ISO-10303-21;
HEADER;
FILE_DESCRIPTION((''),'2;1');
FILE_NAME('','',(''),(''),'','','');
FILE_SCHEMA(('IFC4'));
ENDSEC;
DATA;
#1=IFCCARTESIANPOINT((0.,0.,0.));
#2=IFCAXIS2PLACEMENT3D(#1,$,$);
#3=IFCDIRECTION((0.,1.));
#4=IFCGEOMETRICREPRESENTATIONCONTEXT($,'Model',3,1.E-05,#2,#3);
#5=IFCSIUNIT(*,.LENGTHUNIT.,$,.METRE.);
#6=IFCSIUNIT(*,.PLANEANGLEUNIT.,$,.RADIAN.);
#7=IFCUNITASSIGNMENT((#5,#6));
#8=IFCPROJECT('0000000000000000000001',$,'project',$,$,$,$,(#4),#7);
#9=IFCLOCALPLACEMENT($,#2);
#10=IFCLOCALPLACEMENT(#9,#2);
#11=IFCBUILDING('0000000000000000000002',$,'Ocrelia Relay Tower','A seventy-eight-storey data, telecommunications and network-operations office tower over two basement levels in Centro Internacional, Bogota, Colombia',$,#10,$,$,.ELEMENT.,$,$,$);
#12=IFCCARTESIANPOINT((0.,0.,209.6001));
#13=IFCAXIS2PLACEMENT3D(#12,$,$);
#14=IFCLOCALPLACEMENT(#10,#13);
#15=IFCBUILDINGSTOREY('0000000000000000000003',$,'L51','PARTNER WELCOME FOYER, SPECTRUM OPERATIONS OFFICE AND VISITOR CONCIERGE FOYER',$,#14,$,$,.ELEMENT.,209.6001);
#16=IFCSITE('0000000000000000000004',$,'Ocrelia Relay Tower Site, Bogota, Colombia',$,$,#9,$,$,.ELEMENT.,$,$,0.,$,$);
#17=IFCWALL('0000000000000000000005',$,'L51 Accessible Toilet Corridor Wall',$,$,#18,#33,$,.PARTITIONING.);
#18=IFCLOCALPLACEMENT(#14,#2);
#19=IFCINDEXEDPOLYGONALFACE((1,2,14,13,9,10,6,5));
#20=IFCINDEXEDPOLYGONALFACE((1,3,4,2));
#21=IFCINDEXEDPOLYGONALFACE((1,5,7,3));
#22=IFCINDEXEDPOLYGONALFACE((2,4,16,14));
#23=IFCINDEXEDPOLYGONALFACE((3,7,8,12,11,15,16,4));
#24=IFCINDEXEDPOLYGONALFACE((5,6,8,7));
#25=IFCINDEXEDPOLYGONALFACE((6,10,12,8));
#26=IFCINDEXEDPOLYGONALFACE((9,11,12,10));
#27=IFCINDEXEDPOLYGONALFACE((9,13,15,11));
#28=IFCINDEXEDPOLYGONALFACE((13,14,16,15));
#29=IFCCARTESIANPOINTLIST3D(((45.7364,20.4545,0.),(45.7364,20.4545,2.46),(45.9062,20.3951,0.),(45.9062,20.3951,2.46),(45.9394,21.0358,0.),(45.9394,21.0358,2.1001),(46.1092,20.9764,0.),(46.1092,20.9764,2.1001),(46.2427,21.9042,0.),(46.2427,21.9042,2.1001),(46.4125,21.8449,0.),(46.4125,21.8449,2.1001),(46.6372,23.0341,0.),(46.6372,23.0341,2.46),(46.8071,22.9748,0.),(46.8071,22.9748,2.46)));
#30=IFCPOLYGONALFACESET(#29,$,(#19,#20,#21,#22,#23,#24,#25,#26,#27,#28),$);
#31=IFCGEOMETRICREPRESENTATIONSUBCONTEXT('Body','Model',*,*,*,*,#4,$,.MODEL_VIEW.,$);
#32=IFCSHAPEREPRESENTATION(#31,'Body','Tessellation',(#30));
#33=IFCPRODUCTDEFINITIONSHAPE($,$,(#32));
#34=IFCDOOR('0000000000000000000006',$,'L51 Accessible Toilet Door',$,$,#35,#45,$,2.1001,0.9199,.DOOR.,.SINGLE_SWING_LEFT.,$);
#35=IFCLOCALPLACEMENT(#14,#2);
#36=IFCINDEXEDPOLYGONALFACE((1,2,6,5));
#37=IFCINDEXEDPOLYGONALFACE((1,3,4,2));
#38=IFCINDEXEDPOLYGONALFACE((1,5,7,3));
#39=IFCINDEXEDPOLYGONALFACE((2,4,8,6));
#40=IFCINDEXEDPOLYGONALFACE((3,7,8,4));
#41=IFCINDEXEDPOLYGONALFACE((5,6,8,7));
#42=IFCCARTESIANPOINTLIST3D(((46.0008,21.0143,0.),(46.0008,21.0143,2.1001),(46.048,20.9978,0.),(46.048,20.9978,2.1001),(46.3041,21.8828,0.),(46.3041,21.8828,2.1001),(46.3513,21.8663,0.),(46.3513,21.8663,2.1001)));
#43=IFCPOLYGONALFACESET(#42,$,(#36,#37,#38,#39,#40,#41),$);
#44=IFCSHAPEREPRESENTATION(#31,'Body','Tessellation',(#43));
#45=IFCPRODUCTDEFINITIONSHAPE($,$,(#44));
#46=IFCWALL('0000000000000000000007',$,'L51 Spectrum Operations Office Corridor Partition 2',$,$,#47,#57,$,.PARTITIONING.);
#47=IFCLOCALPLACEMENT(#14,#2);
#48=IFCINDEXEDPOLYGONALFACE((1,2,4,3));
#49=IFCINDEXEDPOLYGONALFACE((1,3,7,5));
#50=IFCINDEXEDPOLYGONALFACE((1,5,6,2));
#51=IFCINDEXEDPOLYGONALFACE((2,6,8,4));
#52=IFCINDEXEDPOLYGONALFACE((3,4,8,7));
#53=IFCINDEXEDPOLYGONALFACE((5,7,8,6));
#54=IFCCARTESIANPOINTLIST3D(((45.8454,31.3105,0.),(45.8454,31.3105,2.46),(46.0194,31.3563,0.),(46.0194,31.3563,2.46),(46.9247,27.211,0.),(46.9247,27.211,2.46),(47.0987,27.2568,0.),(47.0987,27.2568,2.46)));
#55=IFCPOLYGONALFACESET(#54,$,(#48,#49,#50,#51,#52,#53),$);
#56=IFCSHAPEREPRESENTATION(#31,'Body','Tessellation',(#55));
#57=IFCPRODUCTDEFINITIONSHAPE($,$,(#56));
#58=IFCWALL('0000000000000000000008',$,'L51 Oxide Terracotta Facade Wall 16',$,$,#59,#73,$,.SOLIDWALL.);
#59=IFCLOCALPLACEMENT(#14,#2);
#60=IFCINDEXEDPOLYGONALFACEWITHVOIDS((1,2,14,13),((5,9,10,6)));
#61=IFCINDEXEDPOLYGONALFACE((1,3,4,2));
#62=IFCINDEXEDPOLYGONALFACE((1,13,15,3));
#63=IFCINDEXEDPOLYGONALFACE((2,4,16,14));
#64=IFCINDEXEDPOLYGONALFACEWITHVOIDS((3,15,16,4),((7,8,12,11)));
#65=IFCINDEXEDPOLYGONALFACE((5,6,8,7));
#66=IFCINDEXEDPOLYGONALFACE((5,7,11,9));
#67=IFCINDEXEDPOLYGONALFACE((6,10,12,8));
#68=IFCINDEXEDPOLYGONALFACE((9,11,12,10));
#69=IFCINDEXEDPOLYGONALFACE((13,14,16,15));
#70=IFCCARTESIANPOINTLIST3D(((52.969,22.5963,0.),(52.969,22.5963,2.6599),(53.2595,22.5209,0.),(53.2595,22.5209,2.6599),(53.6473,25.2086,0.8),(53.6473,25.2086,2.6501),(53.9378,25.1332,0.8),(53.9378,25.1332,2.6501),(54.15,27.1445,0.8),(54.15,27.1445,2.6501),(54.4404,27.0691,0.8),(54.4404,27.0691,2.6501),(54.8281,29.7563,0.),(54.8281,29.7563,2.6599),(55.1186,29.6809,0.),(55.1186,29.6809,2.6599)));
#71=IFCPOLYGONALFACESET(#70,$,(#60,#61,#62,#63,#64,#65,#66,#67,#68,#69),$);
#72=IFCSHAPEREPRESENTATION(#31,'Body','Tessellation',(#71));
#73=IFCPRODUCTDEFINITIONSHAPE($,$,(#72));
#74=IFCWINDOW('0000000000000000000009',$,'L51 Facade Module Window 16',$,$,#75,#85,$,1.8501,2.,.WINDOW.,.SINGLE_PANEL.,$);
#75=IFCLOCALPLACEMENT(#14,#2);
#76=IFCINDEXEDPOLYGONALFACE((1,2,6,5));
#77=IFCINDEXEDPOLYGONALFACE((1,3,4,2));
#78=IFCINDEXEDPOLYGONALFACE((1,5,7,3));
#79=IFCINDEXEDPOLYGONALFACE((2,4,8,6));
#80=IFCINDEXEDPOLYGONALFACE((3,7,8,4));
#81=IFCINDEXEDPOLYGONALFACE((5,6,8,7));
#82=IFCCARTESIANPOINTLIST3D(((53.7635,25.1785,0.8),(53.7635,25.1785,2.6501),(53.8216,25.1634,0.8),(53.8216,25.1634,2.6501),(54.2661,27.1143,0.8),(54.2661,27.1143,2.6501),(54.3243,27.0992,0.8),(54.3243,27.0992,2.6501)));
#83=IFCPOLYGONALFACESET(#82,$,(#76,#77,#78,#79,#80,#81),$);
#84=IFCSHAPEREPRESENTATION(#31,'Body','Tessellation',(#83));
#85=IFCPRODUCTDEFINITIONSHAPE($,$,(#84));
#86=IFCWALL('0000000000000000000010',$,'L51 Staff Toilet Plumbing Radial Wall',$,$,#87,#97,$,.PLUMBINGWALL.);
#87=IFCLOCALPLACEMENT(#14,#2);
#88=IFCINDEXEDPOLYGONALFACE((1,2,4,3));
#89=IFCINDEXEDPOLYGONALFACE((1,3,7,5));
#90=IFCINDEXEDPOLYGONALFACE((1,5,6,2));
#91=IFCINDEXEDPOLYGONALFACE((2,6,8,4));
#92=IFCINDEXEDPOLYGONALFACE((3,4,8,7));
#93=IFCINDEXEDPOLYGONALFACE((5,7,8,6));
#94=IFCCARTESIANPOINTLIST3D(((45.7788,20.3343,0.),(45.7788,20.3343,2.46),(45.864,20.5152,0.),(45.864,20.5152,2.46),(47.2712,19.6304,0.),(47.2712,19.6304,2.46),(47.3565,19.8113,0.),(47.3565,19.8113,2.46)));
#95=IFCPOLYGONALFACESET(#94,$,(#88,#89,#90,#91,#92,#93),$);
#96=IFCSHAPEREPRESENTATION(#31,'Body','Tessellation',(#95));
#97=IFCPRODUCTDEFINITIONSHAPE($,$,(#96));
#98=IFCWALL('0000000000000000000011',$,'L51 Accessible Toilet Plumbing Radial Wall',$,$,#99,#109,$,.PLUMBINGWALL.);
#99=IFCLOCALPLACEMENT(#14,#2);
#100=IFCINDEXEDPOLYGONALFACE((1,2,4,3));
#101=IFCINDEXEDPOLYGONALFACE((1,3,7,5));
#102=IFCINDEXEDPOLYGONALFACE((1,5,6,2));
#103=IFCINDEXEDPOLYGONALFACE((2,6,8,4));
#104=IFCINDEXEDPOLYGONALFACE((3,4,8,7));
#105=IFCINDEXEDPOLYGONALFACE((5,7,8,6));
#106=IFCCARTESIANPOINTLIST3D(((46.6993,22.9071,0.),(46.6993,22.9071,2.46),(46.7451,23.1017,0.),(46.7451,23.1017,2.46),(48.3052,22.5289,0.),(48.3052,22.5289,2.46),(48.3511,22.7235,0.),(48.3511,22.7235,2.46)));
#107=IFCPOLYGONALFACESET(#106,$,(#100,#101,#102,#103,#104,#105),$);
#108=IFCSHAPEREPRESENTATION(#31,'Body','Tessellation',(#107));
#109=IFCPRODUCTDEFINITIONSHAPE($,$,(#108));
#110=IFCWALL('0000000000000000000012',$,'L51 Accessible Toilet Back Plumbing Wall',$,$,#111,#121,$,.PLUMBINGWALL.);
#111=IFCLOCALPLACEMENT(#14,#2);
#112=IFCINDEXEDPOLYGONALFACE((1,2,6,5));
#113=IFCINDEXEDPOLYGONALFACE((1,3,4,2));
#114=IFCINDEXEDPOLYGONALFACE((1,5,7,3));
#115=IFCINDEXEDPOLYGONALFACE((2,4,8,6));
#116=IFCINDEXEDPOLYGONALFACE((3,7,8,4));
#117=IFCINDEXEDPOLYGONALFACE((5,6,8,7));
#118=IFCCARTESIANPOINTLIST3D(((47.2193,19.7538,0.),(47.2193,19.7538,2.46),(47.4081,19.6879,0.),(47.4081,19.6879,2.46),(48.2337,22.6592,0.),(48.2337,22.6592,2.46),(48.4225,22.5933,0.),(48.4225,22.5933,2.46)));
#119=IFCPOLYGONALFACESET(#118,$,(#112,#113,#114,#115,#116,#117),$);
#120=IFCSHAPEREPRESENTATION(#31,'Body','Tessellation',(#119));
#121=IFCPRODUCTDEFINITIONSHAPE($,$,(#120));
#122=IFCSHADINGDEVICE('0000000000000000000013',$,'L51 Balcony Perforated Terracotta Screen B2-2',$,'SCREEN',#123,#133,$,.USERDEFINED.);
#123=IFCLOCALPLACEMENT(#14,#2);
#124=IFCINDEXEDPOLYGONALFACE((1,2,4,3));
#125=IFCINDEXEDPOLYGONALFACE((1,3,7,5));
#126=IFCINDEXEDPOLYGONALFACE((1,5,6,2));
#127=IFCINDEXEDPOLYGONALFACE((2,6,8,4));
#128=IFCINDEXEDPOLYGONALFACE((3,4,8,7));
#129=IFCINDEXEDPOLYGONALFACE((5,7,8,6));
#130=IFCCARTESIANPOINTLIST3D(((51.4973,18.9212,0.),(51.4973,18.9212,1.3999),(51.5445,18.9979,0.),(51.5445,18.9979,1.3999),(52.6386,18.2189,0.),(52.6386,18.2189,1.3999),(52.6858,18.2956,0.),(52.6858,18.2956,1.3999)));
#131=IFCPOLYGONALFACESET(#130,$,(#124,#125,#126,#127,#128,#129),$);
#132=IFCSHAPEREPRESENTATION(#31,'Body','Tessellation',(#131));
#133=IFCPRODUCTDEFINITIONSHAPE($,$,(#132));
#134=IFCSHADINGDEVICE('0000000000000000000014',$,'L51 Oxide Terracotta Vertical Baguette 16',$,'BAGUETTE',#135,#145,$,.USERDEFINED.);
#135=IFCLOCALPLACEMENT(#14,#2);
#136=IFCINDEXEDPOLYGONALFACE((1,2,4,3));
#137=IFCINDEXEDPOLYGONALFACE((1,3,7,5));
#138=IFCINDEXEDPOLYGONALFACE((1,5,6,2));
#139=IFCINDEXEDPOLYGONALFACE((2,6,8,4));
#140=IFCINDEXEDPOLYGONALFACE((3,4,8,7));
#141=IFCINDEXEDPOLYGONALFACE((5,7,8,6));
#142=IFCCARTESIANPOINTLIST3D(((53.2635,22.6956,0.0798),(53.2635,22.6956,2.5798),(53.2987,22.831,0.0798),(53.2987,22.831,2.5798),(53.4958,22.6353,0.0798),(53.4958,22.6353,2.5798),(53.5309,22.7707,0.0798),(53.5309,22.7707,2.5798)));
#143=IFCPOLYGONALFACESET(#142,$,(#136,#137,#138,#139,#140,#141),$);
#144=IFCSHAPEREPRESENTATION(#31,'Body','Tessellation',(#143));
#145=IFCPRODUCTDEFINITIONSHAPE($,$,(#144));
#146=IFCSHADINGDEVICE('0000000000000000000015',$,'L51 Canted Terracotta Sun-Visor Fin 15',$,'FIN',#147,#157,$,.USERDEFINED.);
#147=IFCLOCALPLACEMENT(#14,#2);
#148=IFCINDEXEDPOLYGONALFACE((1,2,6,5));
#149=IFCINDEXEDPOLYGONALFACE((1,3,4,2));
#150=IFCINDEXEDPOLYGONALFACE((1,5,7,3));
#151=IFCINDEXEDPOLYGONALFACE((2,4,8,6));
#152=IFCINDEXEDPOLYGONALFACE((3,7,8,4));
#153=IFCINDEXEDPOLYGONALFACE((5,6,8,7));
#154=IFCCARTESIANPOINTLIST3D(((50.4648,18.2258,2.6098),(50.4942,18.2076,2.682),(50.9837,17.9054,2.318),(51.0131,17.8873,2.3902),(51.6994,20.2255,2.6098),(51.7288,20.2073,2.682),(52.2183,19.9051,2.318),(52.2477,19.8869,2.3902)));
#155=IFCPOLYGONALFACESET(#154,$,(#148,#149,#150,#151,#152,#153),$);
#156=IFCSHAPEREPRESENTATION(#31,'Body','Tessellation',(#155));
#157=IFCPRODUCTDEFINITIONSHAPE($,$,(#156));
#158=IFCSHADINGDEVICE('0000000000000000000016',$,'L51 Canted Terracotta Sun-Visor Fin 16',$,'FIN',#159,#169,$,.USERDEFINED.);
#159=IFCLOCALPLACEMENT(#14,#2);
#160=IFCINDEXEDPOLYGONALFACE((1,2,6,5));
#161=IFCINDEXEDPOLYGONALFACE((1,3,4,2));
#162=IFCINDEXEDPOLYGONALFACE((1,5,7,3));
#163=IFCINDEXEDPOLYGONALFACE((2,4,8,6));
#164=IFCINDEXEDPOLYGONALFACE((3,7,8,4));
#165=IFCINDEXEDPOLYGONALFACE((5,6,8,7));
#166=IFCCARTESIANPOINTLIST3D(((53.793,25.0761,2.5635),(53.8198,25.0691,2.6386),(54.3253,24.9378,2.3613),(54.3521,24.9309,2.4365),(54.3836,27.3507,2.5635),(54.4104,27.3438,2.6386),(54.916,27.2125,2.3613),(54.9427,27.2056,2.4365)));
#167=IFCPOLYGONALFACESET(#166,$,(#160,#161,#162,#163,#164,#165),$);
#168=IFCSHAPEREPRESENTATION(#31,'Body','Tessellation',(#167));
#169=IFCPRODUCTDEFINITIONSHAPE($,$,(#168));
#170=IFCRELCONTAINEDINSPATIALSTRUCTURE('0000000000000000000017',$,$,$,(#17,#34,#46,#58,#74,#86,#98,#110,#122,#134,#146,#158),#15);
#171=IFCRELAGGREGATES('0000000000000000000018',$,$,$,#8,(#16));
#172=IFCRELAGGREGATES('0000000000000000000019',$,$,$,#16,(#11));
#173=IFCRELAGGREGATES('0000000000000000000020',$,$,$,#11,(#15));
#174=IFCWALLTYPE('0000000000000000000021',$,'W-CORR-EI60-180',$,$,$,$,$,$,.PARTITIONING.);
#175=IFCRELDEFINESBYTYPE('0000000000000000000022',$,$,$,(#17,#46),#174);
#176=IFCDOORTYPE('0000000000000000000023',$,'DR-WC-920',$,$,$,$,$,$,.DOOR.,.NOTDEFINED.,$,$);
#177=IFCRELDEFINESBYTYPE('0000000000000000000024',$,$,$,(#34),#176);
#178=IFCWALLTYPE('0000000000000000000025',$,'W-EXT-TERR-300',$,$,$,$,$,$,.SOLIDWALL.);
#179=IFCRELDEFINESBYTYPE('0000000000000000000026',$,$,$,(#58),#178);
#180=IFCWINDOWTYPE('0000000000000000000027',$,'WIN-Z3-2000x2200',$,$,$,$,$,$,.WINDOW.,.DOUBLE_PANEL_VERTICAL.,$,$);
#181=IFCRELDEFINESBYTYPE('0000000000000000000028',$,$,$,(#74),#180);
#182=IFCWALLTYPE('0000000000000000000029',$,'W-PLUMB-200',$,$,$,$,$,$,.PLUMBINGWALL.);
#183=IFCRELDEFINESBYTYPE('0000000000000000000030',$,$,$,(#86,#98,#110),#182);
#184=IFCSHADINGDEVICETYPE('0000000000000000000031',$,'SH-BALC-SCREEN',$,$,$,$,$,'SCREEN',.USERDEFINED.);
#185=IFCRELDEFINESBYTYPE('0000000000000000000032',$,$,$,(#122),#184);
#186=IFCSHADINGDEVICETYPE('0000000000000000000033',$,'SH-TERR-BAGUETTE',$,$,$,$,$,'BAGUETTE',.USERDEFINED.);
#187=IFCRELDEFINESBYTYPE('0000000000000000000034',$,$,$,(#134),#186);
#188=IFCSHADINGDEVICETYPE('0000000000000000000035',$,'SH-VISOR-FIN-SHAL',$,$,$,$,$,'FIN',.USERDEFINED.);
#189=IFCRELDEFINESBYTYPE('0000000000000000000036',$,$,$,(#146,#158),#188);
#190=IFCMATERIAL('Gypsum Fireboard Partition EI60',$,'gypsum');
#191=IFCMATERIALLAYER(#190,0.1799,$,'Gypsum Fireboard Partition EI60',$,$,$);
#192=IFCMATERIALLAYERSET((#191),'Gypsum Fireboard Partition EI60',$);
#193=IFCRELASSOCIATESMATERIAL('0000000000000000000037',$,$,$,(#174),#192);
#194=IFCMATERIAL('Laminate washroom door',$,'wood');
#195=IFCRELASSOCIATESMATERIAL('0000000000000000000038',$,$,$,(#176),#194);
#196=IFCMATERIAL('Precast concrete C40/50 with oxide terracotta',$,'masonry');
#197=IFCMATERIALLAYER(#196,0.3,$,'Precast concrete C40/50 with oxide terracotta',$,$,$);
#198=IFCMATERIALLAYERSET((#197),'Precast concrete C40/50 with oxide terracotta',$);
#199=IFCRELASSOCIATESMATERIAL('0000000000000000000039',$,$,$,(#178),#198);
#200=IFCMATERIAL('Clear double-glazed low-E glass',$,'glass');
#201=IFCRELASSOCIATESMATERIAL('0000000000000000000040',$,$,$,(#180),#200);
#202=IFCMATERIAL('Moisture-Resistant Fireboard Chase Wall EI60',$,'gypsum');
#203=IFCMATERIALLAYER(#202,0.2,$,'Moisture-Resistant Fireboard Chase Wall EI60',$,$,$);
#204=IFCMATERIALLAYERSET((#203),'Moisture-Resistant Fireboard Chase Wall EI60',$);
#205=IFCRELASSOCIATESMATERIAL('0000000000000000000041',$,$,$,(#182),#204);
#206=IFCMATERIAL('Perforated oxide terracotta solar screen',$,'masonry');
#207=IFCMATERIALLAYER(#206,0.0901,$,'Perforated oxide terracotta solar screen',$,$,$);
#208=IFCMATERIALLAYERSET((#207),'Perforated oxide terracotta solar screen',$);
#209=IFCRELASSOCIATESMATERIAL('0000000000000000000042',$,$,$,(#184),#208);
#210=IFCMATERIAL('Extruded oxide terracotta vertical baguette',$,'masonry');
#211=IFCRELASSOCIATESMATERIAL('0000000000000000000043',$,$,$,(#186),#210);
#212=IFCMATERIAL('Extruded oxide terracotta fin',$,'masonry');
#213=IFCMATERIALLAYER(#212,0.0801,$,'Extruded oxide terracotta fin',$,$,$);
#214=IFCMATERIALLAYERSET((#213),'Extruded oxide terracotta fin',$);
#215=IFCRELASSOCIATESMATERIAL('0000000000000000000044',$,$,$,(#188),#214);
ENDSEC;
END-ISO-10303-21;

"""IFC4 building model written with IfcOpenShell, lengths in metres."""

from ifc_helpers import new_model, si_unit, direction, frame, frame_2d, origin, origin_2d, place, context, subcontext, project, spatial, rectangle, extrude, material, layer, layer_set, type_object, element, fill, save


model = new_model("IFC4")

# Units and contexts
model_context = context("Model", 3, precision=1e-05, world=origin(), true_north=direction((0.0, 1.0)))
body_context = subcontext(model_context, "Body", "Model", "MODEL_VIEW")
ifc_project = project(units=[si_unit("LENGTHUNIT", "METRE"), si_unit("PLANEANGLEUNIT", "RADIAN")], contexts=[model_context])

# Site, building, storey
site_placement = place(None, origin())
site = spatial("IfcSite", under=ifc_project, at=site_placement, Name="Ocrelia Relay Tower Site, Bogota, Colombia", CompositionType="ELEMENT", RefElevation=0.0)
building_placement = place(site_placement, origin())
building = spatial("IfcBuilding", under=site, at=building_placement, Name="Ocrelia Relay Tower", Description="A seventy-eight-storey data, telecommunications and network-operations office tower over two basement levels in Centro Internacional, Bogota, Colombia", CompositionType="ELEMENT")
storey_placement = place(building_placement, frame((0.0, 0.0, 209.6001)))
storey = spatial("IfcBuildingStorey", under=building, at=storey_placement, Name="L51", Description="PARTNER WELCOME FOYER, SPECTRUM OPERATIONS OFFICE AND VISITOR CONCIERGE FOYER", CompositionType="ELEMENT", Elevation=209.6001)

# Wall, opening, door
ifc_material_1 = material(Name="Gypsum Fireboard Partition EI60", Category="gypsum")
ifc_layer_1 = layer(ifc_material_1, 0.1799, Name="Gypsum Fireboard Partition EI60")
ifc_layer_set_1 = layer_set([ifc_layer_1], Name="Gypsum Fireboard Partition EI60")
wall_type_1 = type_object("IfcWallType", Name="W-CORR-EI60-180", PredefinedType="PARTITIONING", material=ifc_layer_set_1)
wall_1_placement = place(storey_placement, frame((45.8213, 20.4248, 0.0), z_axis=(0.0, 0.0, 1.0), x_axis=(0.329706, 0.944084, 0.0)))
wall_1 = element("IfcWall", 1, at=wall_1_placement, inside=storey, type_object=wall_type_1, Name="L51 Accessible Toilet Corridor Wall", PredefinedType="PARTITIONING", context=body_context, shape_type="SweptSolid", body=[
    extrude(rectangle(XDim=2.7324, YDim=0.1799, at=frame_2d((1.3662, 0.0))), origin(), (0.0, 0.0, 1.0), 2.46),
])
opening_1_placement = place(wall_1_placement, frame((0.6157, 0.0, 0.0)))
opening_1 = element("IfcOpeningElement", 2, at=opening_1_placement, cuts=wall_1, PredefinedType="OPENING", context=body_context, shape_type="SweptSolid", body=[
    extrude(rectangle(XDim=0.9199, YDim=2.1001, at=frame_2d((0.46, 1.05))), frame((0.0, 0.1001, 0.0), z_axis=(0.0, -1.0, 0.0), x_axis=(1.0, 0.0, 0.0)), (0.0, 0.0, 1.0), 0.2),
])
ifc_material_2 = material(Name="Laminate washroom door", Category="wood")
door_type_1 = type_object("IfcDoorType", Name="DR-WC-920", OperationType="NOTDEFINED", PredefinedType="DOOR", material=ifc_material_2)
door_1_placement = place(opening_1_placement, origin())
door_1 = element("IfcDoor", 3, at=door_1_placement, inside=storey, type_object=door_type_1, Name="L51 Accessible Toilet Door", OperationType="SINGLE_SWING_LEFT", OverallHeight=2.1001, OverallWidth=0.9199, PredefinedType="DOOR", context=body_context, shape_type="SweptSolid", body=[
    extrude(rectangle(XDim=0.9199, YDim=2.1001, at=frame_2d((0.46, 1.05))), frame((0.0, 0.0249, 0.0), z_axis=(0.0, -1.0, 0.0), x_axis=(1.0, 0.0, 0.0)), (0.0, 0.0, 1.0), 0.05),
])
fill(opening_1, door_1)

# Wall
wall_2_placement = place(storey_placement, frame((47.0117, 27.2339, 0.0), z_axis=(0.0, 0.0, 1.0), x_axis=(-0.254604, 0.967045, 0.0)))
element("IfcWall", 4, at=wall_2_placement, inside=storey, type_object=wall_type_1, Name="L51 Spectrum Operations Office Corridor Partition 2", PredefinedType="PARTITIONING", context=body_context, shape_type="SweptSolid", body=[
    extrude(rectangle(XDim=4.2393, YDim=0.1799, at=frame_2d((2.1196, 0.0))), origin(), (0.0, 0.0, 1.0), 2.46),
])

# Wall, opening, window
ifc_material_3 = material(Name="Precast concrete C40/50 with oxide terracotta", Category="masonry")
ifc_layer_2 = layer(ifc_material_3, 0.3, Name="Precast concrete C40/50 with oxide terracotta")
ifc_layer_set_2 = layer_set([ifc_layer_2], Name="Precast concrete C40/50 with oxide terracotta")
wall_type_2 = type_object("IfcWallType", Name="W-EXT-TERR-300", PredefinedType="SOLIDWALL", material=ifc_layer_set_2)
wall_3_placement = place(storey_placement, frame((53.1143, 22.5586, 0.0), z_axis=(0.0, 0.0, 1.0), x_axis=(0.251316, 0.967905, 0.0)))
wall_3 = element("IfcWall", 5, at=wall_3_placement, inside=storey, type_object=wall_type_2, Name="L51 Oxide Terracotta Facade Wall 16", PredefinedType="SOLIDWALL", context=body_context, shape_type="SweptSolid", body=[
    extrude(rectangle(XDim=7.3975, YDim=0.3, at=frame_2d((3.6987, 0.0))), origin(), (0.0, 0.0, 1.0), 2.6599),
])
opening_2_placement = place(wall_3_placement, frame((2.699, 0.0, 0.8)))
opening_2 = element("IfcOpeningElement", 6, at=opening_2_placement, cuts=wall_3, PredefinedType="OPENING", context=body_context, shape_type="SweptSolid", body=[
    extrude(rectangle(XDim=2.0, YDim=1.8501, at=frame_2d((1.0, 0.925))), frame((0.0, 0.1602, 0.0), z_axis=(0.0, -1.0, 0.0), x_axis=(1.0, 0.0, 0.0)), (0.0, 0.0, 1.0), 0.3201),
])
ifc_material_4 = material(Name="Clear double-glazed low-E glass", Category="glass")
window_type = type_object("IfcWindowType", Name="WIN-Z3-2000x2200", PartitioningType="DOUBLE_PANEL_VERTICAL", PredefinedType="WINDOW", material=ifc_material_4)
window_placement = place(opening_2_placement, origin())
window = element("IfcWindow", 7, at=window_placement, inside=storey, type_object=window_type, Name="L51 Facade Module Window 16", OverallHeight=1.8501, OverallWidth=2.0, PartitioningType="SINGLE_PANEL", PredefinedType="WINDOW", context=body_context, shape_type="SweptSolid", body=[
    extrude(rectangle(XDim=2.0, YDim=1.8501, at=frame_2d((1.0, 0.925))), frame((0.0, 0.03, 0.0), z_axis=(0.0, -1.0, 0.0), x_axis=(1.0, 0.0, 0.0)), (0.0, 0.0, 1.0), 0.0601),
])
fill(opening_2, window)

# Walls
ifc_material_5 = material(Name="Moisture-Resistant Fireboard Chase Wall EI60", Category="gypsum")
ifc_layer_3 = layer(ifc_material_5, 0.2, Name="Moisture-Resistant Fireboard Chase Wall EI60")
ifc_layer_set_3 = layer_set([ifc_layer_3], Name="Moisture-Resistant Fireboard Chase Wall EI60")
wall_type_3 = type_object("IfcWallType", Name="W-PLUMB-200", PredefinedType="PLUMBINGWALL", material=ifc_layer_set_3)
wall_4_placement = place(storey_placement, frame((45.8213, 20.4248, 0.0), z_axis=(0.0, 0.0, 1.0), x_axis=(0.90446, -0.426559, 0.0)))
element("IfcWall", 8, at=wall_4_placement, inside=storey, type_object=wall_type_3, Name="L51 Staff Toilet Plumbing Radial Wall", PredefinedType="PLUMBINGWALL", context=body_context, shape_type="SweptSolid", body=[
    extrude(rectangle(XDim=1.6501, YDim=0.2, at=frame_2d((0.8252, 0.0))), origin(), (0.0, 0.0, 1.0), 2.46),
])
wall_5_placement = place(storey_placement, frame((46.7222, 23.0044, 0.0), z_axis=(0.0, 0.0, 1.0), x_axis=(0.973376, -0.229213, 0.0)))
element("IfcWall", 9, at=wall_5_placement, inside=storey, type_object=wall_type_3, Name="L51 Accessible Toilet Plumbing Radial Wall", PredefinedType="PLUMBINGWALL", context=body_context, shape_type="SweptSolid", body=[
    extrude(rectangle(XDim=1.6499, YDim=0.2, at=frame_2d((0.825, 0.0))), origin(), (0.0, 0.0, 1.0), 2.46),
])
wall_6_placement = place(storey_placement, frame((47.3137, 19.7209, 0.0), z_axis=(0.0, 0.0, 1.0), x_axis=(0.329644, 0.944105, 0.0)))
element("IfcWall", 10, at=wall_6_placement, inside=storey, type_object=wall_type_3, Name="L51 Accessible Toilet Back Plumbing Wall", PredefinedType="PLUMBINGWALL", context=body_context, shape_type="SweptSolid", body=[
    extrude(rectangle(XDim=3.0774, YDim=0.2, at=frame_2d((1.5386, 0.0))), origin(), (0.0, 0.0, 1.0), 2.46),
])

# Shading devices
ifc_material_6 = material(Name="Perforated oxide terracotta solar screen", Category="masonry")
ifc_layer_4 = layer(ifc_material_6, 0.0901, Name="Perforated oxide terracotta solar screen")
ifc_layer_set_4 = layer_set([ifc_layer_4], Name="Perforated oxide terracotta solar screen")
shading_device_type_1 = type_object("IfcShadingDeviceType", Name="SH-BALC-SCREEN", ElementType="SCREEN", PredefinedType="USERDEFINED", material=ifc_layer_set_4)
shading_device_1_placement = place(storey_placement, frame((52.0916, 18.6084, 0.0), z_axis=(0.0, 0.0, 1.0), x_axis=(0.851703, -0.524025, 0.0)))
element("IfcShadingDevice", 11, at=shading_device_1_placement, inside=storey, type_object=shading_device_type_1, Name="L51 Balcony Perforated Terracotta Screen B2-2", ObjectType="SCREEN", PredefinedType="USERDEFINED", context=body_context, shape_type="SweptSolid", body=[
    extrude(rectangle(XDim=1.3401, YDim=0.0901, at=origin_2d()), origin(), (0.0, 0.0, 1.0), 1.3999),
])
ifc_material_7 = material(Name="Extruded oxide terracotta vertical baguette", Category="masonry")
shading_device_type_2 = type_object("IfcShadingDeviceType", Name="SH-TERR-BAGUETTE", ElementType="BAGUETTE", PredefinedType="USERDEFINED", material=ifc_material_7)
shading_device_2_placement = place(storey_placement, frame((53.3972, 22.7332, 0.0798), z_axis=(0.0, 0.0, 1.0), x_axis=(0.251311, 0.967906, 0.0)))
element("IfcShadingDevice", 12, at=shading_device_2_placement, inside=storey, type_object=shading_device_type_2, Name="L51 Oxide Terracotta Vertical Baguette 16", ObjectType="BAGUETTE", PredefinedType="USERDEFINED", context=body_context, shape_type="SweptSolid", body=[
    extrude(rectangle(XDim=0.1399, YDim=0.24, at=origin_2d()), origin(), (0.0, 0.0, 1.0), 2.5),
])
ifc_material_8 = material(Name="Extruded oxide terracotta fin", Category="masonry")
ifc_layer_5 = layer(ifc_material_8, 0.0801, Name="Extruded oxide terracotta fin")
ifc_layer_set_5 = layer_set([ifc_layer_5], Name="Extruded oxide terracotta fin")
shading_device_type_3 = type_object("IfcShadingDeviceType", Name="SH-VISOR-FIN-SHAL", ElementType="FIN", PredefinedType="USERDEFINED", material=ifc_layer_set_5)
shading_device_3_placement = place(storey_placement, frame((51.3416, 19.0654, 2.4639), z_axis=(0.367257, -0.226743, 0.902059), x_axis=(0.525338, 0.850893, 0.0)))
element("IfcShadingDevice", 13, at=shading_device_3_placement, inside=storey, type_object=shading_device_type_3, Name="L51 Canted Terracotta Sun-Visor Fin 15", ObjectType="FIN", PredefinedType="USERDEFINED", context=body_context, shape_type="SweptSolid", body=[
    extrude(rectangle(XDim=2.3501, YDim=0.676, at=origin_2d()), origin(), (0.0, 0.0, 1.0), 0.0801),
])
shading_device_4_placement = place(storey_placement, frame((54.3545, 26.1443, 2.4624), z_axis=(0.333899, -0.086695, 0.938613), x_axis=(0.251311, 0.967906, 0.0)))
element("IfcShadingDevice", 14, at=shading_device_4_placement, inside=storey, type_object=shading_device_type_3, Name="L51 Canted Terracotta Sun-Visor Fin 16", ObjectType="FIN", PredefinedType="USERDEFINED", context=body_context, shape_type="SweptSolid", body=[
    extrude(rectangle(XDim=2.3501, YDim=0.5859, at=origin_2d()), origin(), (0.0, 0.0, 1.0), 0.0801),
])

save(model, "model.ifc")
